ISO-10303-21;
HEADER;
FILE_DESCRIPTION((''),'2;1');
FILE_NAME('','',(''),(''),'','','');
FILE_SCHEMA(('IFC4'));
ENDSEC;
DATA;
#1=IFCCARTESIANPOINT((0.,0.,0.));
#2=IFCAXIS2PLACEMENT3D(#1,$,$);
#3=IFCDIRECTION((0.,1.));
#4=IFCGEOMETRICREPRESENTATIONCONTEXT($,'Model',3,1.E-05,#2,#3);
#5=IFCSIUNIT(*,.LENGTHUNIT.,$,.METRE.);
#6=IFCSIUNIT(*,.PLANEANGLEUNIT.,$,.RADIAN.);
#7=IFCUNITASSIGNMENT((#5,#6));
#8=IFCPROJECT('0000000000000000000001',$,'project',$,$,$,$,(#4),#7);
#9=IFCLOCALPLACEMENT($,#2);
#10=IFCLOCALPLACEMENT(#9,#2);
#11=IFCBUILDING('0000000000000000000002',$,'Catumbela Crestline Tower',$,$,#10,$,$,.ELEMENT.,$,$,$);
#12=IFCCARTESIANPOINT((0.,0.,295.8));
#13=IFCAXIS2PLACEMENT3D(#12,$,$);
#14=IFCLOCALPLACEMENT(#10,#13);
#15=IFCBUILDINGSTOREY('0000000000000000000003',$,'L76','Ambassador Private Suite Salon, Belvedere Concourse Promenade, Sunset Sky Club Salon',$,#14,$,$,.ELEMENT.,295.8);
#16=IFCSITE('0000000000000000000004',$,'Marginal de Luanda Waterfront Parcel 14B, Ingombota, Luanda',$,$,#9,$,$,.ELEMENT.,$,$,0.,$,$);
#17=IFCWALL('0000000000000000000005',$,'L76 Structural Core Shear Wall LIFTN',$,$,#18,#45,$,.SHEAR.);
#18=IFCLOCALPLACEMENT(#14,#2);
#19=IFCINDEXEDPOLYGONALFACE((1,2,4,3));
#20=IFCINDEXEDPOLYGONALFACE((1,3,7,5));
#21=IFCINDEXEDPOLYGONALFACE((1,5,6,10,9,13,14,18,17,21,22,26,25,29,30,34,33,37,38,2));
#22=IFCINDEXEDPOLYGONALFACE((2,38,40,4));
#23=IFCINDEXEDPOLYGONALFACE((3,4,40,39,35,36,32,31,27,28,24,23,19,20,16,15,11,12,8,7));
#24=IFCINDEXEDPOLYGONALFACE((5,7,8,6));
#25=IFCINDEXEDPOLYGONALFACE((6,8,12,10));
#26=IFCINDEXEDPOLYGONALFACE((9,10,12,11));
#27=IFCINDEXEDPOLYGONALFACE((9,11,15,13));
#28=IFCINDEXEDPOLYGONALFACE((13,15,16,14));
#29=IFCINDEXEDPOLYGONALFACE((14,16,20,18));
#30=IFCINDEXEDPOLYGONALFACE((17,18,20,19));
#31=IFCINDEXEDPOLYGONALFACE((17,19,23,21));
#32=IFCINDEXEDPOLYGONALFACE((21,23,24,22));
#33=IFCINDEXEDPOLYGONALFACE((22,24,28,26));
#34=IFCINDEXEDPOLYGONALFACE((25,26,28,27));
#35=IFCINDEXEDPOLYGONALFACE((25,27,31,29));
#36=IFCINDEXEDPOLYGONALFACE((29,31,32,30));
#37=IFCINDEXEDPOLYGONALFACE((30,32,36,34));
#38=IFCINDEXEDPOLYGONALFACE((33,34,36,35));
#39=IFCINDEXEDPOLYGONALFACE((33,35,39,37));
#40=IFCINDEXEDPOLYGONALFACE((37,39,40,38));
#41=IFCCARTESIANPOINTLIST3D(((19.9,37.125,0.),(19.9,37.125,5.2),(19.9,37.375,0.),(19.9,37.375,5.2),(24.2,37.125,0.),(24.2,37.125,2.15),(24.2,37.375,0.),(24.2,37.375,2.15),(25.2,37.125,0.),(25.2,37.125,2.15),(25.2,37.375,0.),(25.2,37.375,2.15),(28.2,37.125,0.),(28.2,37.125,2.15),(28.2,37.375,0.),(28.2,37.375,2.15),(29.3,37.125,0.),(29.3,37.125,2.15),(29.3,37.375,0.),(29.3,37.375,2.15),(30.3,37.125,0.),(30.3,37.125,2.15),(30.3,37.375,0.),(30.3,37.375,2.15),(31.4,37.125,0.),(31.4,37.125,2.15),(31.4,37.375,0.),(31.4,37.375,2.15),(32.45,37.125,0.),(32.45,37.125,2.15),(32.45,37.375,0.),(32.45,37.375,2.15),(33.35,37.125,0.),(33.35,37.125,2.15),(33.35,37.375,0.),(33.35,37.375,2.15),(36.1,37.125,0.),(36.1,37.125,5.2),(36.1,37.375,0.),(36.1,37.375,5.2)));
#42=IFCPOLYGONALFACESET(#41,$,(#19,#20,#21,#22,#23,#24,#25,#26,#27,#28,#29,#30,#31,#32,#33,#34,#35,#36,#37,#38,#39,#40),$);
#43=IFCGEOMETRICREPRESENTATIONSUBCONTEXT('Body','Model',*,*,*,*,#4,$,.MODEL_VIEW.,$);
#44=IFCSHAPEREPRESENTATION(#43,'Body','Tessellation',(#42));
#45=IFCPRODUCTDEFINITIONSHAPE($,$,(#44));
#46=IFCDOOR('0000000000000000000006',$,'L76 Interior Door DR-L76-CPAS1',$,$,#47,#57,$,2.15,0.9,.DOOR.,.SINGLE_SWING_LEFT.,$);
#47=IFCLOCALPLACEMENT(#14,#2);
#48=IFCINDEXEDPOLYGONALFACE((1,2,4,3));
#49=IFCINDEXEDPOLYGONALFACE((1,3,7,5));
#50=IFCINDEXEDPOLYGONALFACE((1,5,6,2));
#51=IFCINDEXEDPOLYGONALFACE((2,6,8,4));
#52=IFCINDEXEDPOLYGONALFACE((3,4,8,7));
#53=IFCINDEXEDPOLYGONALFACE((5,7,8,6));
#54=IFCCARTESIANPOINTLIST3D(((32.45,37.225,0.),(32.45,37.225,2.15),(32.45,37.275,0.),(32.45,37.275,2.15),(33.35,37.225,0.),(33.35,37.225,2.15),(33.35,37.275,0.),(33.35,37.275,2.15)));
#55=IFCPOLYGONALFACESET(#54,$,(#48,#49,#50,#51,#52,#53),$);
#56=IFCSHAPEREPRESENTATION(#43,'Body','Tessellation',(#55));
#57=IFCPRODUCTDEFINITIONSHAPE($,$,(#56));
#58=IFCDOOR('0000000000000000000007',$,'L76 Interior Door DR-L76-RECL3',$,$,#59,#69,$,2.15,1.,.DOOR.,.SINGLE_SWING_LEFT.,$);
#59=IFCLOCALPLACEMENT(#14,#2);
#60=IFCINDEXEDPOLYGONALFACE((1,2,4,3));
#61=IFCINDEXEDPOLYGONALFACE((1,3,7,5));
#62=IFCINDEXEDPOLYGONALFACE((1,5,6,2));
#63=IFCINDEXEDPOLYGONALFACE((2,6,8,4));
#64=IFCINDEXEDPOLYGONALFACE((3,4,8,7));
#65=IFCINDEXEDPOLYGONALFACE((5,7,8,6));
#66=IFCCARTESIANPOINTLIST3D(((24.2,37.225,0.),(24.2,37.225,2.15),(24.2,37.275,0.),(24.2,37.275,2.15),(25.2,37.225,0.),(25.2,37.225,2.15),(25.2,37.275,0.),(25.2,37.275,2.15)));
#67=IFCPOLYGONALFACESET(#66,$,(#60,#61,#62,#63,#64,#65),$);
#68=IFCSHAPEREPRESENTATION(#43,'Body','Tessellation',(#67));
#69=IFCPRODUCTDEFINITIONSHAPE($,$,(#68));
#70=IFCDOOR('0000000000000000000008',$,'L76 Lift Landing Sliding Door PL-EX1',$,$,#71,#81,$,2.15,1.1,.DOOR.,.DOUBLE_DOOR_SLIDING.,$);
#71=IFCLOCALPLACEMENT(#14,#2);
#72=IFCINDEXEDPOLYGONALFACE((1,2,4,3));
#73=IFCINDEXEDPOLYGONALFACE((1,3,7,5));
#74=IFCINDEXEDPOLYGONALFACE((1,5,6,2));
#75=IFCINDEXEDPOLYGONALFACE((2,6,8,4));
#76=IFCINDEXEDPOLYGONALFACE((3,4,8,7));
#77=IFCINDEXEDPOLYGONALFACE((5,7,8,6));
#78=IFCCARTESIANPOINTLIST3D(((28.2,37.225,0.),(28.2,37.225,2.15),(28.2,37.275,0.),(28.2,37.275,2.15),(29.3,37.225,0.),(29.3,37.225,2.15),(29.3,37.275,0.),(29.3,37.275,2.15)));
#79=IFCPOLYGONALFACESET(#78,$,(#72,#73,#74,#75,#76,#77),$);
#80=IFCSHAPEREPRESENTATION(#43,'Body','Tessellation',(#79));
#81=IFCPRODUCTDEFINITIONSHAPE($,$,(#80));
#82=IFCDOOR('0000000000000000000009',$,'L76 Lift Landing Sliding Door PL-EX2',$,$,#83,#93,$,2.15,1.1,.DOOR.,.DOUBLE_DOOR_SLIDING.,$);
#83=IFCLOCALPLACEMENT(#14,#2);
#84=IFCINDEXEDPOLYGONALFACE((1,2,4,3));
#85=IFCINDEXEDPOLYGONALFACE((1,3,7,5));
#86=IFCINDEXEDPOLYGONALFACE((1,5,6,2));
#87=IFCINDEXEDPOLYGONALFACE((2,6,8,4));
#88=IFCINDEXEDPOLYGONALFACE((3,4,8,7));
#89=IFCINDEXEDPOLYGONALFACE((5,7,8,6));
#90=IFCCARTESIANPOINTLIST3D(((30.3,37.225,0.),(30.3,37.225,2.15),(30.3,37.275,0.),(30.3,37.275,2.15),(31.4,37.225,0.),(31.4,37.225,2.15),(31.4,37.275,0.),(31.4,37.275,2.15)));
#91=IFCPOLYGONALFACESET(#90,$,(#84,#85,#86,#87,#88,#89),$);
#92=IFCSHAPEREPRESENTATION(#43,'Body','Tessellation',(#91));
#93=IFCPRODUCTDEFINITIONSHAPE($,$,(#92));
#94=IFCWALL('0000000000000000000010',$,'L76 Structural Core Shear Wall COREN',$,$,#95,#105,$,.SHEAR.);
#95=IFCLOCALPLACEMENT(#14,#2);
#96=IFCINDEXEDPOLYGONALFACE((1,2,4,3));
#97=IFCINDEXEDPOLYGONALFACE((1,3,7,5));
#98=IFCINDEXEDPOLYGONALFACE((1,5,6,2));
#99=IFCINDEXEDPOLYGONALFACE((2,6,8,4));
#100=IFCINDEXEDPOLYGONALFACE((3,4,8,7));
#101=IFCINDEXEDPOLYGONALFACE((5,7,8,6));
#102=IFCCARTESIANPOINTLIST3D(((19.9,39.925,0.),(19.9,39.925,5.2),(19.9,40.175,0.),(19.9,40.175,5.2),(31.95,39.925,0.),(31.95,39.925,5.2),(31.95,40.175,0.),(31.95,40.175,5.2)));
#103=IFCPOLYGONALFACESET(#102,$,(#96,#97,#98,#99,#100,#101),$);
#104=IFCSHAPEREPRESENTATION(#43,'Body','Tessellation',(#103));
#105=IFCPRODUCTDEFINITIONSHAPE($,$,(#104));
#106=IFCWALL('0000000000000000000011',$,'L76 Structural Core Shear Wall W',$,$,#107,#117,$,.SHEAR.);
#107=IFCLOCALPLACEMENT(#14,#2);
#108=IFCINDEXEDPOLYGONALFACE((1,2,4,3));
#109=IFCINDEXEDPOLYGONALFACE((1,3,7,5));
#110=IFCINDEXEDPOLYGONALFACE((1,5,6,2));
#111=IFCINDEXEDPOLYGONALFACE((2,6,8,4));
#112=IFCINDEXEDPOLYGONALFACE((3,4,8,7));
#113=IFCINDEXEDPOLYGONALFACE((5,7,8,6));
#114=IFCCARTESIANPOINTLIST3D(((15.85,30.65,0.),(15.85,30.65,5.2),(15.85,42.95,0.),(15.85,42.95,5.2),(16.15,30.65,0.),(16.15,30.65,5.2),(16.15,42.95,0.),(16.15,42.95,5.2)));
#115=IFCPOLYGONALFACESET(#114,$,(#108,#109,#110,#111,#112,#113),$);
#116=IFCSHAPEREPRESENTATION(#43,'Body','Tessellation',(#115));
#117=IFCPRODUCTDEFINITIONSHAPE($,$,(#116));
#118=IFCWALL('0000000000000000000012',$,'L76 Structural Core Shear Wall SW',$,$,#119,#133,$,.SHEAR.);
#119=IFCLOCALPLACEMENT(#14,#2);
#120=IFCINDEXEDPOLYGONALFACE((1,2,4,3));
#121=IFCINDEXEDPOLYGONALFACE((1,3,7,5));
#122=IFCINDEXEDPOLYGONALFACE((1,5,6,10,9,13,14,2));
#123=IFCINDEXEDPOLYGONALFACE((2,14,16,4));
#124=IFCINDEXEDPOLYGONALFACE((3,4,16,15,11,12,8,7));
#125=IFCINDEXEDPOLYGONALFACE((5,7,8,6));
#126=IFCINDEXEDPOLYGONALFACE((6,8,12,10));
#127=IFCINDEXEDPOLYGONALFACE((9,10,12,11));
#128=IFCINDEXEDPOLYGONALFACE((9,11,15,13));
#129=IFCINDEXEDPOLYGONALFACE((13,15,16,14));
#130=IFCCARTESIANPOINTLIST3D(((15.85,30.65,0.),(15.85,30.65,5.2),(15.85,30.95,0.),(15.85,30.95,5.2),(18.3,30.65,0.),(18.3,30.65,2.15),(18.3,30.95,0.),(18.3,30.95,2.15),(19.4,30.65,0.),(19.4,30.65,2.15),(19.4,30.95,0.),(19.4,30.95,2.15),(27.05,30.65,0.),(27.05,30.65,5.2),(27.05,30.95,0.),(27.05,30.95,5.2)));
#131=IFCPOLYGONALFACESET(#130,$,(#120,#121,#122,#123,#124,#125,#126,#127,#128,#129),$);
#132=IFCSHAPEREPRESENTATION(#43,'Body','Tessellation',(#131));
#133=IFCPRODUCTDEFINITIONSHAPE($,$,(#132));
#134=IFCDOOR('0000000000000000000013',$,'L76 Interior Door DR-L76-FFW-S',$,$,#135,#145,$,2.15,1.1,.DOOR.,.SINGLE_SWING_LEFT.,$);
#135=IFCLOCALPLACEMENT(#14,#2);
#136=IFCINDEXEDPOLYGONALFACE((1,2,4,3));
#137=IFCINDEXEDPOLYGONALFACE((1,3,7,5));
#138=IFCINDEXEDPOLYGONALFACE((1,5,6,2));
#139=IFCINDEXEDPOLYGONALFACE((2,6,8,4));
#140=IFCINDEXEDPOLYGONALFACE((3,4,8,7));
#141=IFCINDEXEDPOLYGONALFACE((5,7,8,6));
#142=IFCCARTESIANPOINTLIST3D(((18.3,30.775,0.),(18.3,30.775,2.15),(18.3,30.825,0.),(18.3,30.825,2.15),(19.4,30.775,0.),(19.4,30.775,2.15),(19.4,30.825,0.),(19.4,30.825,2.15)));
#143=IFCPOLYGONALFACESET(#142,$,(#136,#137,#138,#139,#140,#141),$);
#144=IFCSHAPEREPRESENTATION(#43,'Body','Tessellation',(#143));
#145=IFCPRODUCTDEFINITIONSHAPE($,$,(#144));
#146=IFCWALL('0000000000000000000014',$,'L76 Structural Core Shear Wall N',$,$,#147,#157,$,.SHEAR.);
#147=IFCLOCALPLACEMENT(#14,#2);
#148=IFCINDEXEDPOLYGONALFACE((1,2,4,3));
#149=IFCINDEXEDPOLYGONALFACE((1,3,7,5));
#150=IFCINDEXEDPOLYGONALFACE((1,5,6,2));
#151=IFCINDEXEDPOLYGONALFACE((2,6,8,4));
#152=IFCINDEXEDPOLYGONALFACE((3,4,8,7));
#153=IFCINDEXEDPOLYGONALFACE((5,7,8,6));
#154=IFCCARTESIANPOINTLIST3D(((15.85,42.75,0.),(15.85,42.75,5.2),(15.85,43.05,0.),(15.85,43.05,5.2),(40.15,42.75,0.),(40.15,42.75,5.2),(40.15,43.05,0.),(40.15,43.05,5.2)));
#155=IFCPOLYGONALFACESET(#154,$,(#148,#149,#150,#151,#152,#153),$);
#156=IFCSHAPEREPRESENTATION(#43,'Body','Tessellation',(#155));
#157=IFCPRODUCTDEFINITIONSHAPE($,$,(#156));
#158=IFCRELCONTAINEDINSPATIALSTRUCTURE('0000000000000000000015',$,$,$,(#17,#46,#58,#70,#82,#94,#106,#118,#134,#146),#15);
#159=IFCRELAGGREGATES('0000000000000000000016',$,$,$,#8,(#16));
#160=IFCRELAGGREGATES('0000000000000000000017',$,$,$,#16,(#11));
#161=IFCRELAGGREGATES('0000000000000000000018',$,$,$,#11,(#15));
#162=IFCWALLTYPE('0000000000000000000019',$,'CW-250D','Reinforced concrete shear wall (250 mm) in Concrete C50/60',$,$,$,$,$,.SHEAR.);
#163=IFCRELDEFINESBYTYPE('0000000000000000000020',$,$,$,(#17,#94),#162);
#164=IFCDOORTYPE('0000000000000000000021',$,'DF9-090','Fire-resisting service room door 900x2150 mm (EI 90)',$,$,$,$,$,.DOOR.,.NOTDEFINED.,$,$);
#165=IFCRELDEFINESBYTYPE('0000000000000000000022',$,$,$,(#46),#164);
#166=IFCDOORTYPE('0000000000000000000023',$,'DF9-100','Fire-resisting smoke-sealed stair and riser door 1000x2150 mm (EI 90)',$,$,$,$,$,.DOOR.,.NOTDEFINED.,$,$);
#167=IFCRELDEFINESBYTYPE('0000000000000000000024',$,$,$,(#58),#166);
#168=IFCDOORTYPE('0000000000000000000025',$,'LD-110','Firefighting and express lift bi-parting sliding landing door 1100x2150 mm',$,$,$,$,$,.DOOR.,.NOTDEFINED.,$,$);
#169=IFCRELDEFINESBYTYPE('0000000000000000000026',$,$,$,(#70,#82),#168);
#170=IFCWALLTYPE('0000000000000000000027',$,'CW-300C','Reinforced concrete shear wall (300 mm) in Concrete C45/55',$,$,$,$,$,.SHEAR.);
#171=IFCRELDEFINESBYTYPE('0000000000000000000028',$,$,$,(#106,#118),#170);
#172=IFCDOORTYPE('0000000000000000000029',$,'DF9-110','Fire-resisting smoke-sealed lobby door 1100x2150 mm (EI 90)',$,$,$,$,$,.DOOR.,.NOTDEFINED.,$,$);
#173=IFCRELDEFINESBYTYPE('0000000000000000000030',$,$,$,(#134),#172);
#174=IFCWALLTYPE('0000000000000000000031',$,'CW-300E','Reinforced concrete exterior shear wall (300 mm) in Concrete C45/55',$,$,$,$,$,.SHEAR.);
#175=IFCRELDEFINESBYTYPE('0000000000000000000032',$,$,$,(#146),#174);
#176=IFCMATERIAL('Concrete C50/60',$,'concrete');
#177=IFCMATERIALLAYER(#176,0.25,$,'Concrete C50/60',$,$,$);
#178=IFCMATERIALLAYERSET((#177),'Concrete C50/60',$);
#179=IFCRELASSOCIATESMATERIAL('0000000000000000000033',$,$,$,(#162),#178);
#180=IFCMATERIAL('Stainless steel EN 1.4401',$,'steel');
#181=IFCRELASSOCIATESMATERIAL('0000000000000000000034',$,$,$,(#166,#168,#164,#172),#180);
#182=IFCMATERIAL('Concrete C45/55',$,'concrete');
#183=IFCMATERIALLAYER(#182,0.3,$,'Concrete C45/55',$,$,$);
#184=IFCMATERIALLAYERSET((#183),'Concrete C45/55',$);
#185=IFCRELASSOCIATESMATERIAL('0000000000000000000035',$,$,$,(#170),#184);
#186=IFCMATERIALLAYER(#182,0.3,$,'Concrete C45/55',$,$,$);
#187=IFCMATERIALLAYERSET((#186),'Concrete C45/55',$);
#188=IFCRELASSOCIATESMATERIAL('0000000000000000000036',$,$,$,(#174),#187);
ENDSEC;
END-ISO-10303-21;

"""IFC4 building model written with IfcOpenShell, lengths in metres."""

from ifc_helpers import new_model, si_unit, direction, frame, frame_2d, origin, place, context, subcontext, project, spatial, rectangle, extrude, material, layer, layer_set, type_object, element, fill, save


model = new_model("IFC4")

# Units and contexts
model_context = context("Model", 3, precision=1e-05, world=origin(), true_north=direction((0.0, 1.0)))
body_context = subcontext(model_context, "Body", "Model", "MODEL_VIEW")
ifc_project = project(units=[si_unit("LENGTHUNIT", "METRE"), si_unit("PLANEANGLEUNIT", "RADIAN")], contexts=[model_context])

# Site, building, storey
site_placement = place(None, origin())
site = spatial("IfcSite", under=ifc_project, at=site_placement, Name="Marginal de Luanda Waterfront Parcel 14B, Ingombota, Luanda", CompositionType="ELEMENT", RefElevation=0.0)
building_placement = place(site_placement, origin())
building = spatial("IfcBuilding", under=site, at=building_placement, Name="Catumbela Crestline Tower", CompositionType="ELEMENT")
storey_placement = place(building_placement, frame((0.0, 0.0, 295.8)))
storey = spatial("IfcBuildingStorey", under=building, at=storey_placement, Name="L76", Description="Ambassador Private Suite Salon, Belvedere Concourse Promenade, Sunset Sky Club Salon", CompositionType="ELEMENT", Elevation=295.8)

# Shared definitions
ifc_material_1 = material(Name="Concrete C50/60", Category="concrete")
ifc_layer_1 = layer(ifc_material_1, 0.25, Name="Concrete C50/60")
ifc_layer_set_1 = layer_set([ifc_layer_1], Name="Concrete C50/60")
wall_type_1 = type_object("IfcWallType", Name="CW-250D", Description="Reinforced concrete shear wall (250 mm) in Concrete C50/60", PredefinedType="SHEAR", material=ifc_layer_set_1)

# Shared definitions
ifc_material_2 = material(Name="Stainless steel EN 1.4401", Category="steel")
door_type_1 = type_object("IfcDoorType", Name="DF9-100", Description="Fire-resisting smoke-sealed stair and riser door 1000x2150 mm (EI 90)", OperationType="NOTDEFINED", PredefinedType="DOOR", material=ifc_material_2)
door_type_2 = type_object("IfcDoorType", Name="LD-110", Description="Firefighting and express lift bi-parting sliding landing door 1100x2150 mm", OperationType="NOTDEFINED", PredefinedType="DOOR", material=ifc_material_2)

# Wall, openings, doors
wall_1_placement = place(storey_placement, frame((19.9, 37.25, 0.0), z_axis=(0.0, 0.0, 1.0), x_axis=(1.0, 0.0, 0.0)))
wall_1 = element("IfcWall", 1, at=wall_1_placement, inside=storey, type_object=wall_type_1, Name="L76 Structural Core Shear Wall LIFTN", PredefinedType="SHEAR", context=body_context, shape_type="SweptSolid", body=[
    extrude(rectangle(XDim=16.2, YDim=0.25, at=frame_2d((8.1, 0.0))), origin(), (0.0, 0.0, 1.0), 5.2),
])
opening_1_placement = place(wall_1_placement, frame((4.3, 0.0, 0.0)))
opening_1 = element("IfcOpeningElement", 2, at=opening_1_placement, cuts=wall_1, PredefinedType="OPENING", context=body_context, shape_type="SweptSolid", body=[
    extrude(rectangle(XDim=1.0, YDim=2.15, at=frame_2d((0.5, 1.075))), frame((0.0, 0.135, 0.0), z_axis=(0.0, -1.0, 0.0), x_axis=(1.0, 0.0, 0.0)), (0.0, 0.0, 1.0), 0.27),
])
opening_2_placement = place(wall_1_placement, frame((12.55, 0.0, 0.0)))
opening_2 = element("IfcOpeningElement", 3, at=opening_2_placement, cuts=wall_1, PredefinedType="OPENING", context=body_context, shape_type="SweptSolid", body=[
    extrude(rectangle(XDim=0.9, YDim=2.15, at=frame_2d((0.45, 1.075))), frame((0.0, 0.135, 0.0), z_axis=(0.0, -1.0, 0.0), x_axis=(1.0, 0.0, 0.0)), (0.0, 0.0, 1.0), 0.27),
])
opening_3_placement = place(wall_1_placement, frame((8.3, 0.0, 0.0)))
opening_3 = element("IfcOpeningElement", 4, at=opening_3_placement, cuts=wall_1, PredefinedType="OPENING", context=body_context, shape_type="SweptSolid", body=[
    extrude(rectangle(XDim=1.1, YDim=2.15, at=frame_2d((0.55, 1.075))), frame((0.0, 0.135, 0.0), z_axis=(0.0, -1.0, 0.0), x_axis=(1.0, 0.0, 0.0)), (0.0, 0.0, 1.0), 0.27),
])
opening_4_placement = place(wall_1_placement, frame((10.4, 0.0, 0.0)))
opening_4 = element("IfcOpeningElement", 5, at=opening_4_placement, cuts=wall_1, PredefinedType="OPENING", context=body_context, shape_type="SweptSolid", body=[
    extrude(rectangle(XDim=1.1, YDim=2.15, at=frame_2d((0.55, 1.075))), frame((0.0, 0.135, 0.0), z_axis=(0.0, -1.0, 0.0), x_axis=(1.0, 0.0, 0.0)), (0.0, 0.0, 1.0), 0.27),
])
door_type_3 = type_object("IfcDoorType", Name="DF9-090", Description="Fire-resisting service room door 900x2150 mm (EI 90)", OperationType="NOTDEFINED", PredefinedType="DOOR", material=ifc_material_2)
door_1_placement = place(opening_2_placement, origin())
door_1 = element("IfcDoor", 6, at=door_1_placement, inside=storey, type_object=door_type_3, Name="L76 Interior Door DR-L76-CPAS1", OperationType="SINGLE_SWING_LEFT", OverallHeight=2.15, OverallWidth=0.9, PredefinedType="DOOR", context=body_context, shape_type="SweptSolid", body=[
    extrude(rectangle(XDim=0.9, YDim=2.15, at=frame_2d((0.45, 1.075))), frame((0.0, 0.025, 0.0), z_axis=(0.0, -1.0, 0.0), x_axis=(1.0, 0.0, 0.0)), (0.0, 0.0, 1.0), 0.05),
])
fill(opening_2, door_1)
door_2_placement = place(opening_1_placement, origin())
door_2 = element("IfcDoor", 7, at=door_2_placement, inside=storey, type_object=door_type_1, Name="L76 Interior Door DR-L76-RECL3", OperationType="SINGLE_SWING_LEFT", OverallHeight=2.15, OverallWidth=1.0, PredefinedType="DOOR", context=body_context, shape_type="SweptSolid", body=[
    extrude(rectangle(XDim=1.0, YDim=2.15, at=frame_2d((0.5, 1.075))), frame((0.0, 0.025, 0.0), z_axis=(0.0, -1.0, 0.0), x_axis=(1.0, 0.0, 0.0)), (0.0, 0.0, 1.0), 0.05),
])
fill(opening_1, door_2)
door_3_placement = place(opening_3_placement, origin())
door_3 = element("IfcDoor", 8, at=door_3_placement, inside=storey, type_object=door_type_2, Name="L76 Lift Landing Sliding Door PL-EX1", OperationType="DOUBLE_DOOR_SLIDING", OverallHeight=2.15, OverallWidth=1.1, PredefinedType="DOOR", context=body_context, shape_type="SweptSolid", body=[
    extrude(rectangle(XDim=1.1, YDim=2.15, at=frame_2d((0.55, 1.075))), frame((0.0, 0.025, 0.0), z_axis=(0.0, -1.0, 0.0), x_axis=(1.0, 0.0, 0.0)), (0.0, 0.0, 1.0), 0.05),
])
fill(opening_3, door_3)
door_4_placement = place(opening_4_placement, origin())
door_4 = element("IfcDoor", 9, at=door_4_placement, inside=storey, type_object=door_type_2, Name="L76 Lift Landing Sliding Door PL-EX2", OperationType="DOUBLE_DOOR_SLIDING", OverallHeight=2.15, OverallWidth=1.1, PredefinedType="DOOR", context=body_context, shape_type="SweptSolid", body=[
    extrude(rectangle(XDim=1.1, YDim=2.15, at=frame_2d((0.55, 1.075))), frame((0.0, 0.025, 0.0), z_axis=(0.0, -1.0, 0.0), x_axis=(1.0, 0.0, 0.0)), (0.0, 0.0, 1.0), 0.05),
])
fill(opening_4, door_4)

# Walls
wall_2_placement = place(storey_placement, frame((19.9, 40.05, 0.0), z_axis=(0.0, 0.0, 1.0), x_axis=(1.0, 0.0, 0.0)))
element("IfcWall", 10, at=wall_2_placement, inside=storey, type_object=wall_type_1, Name="L76 Structural Core Shear Wall COREN", PredefinedType="SHEAR", context=body_context, shape_type="SweptSolid", body=[
    extrude(rectangle(XDim=12.05, YDim=0.25, at=frame_2d((6.025, 0.0))), origin(), (0.0, 0.0, 1.0), 5.2),
])
ifc_material_3 = material(Name="Concrete C45/55", Category="concrete")
ifc_layer_2 = layer(ifc_material_3, 0.3, Name="Concrete C45/55")
ifc_layer_set_2 = layer_set([ifc_layer_2], Name="Concrete C45/55")
wall_type_2 = type_object("IfcWallType", Name="CW-300C", Description="Reinforced concrete shear wall (300 mm) in Concrete C45/55", PredefinedType="SHEAR", material=ifc_layer_set_2)
wall_3_placement = place(storey_placement, frame((16.0, 30.65, 0.0), z_axis=(0.0, 0.0, 1.0), x_axis=(0.0, 1.0, 0.0)))
element("IfcWall", 11, at=wall_3_placement, inside=storey, type_object=wall_type_2, Name="L76 Structural Core Shear Wall W", PredefinedType="SHEAR", context=body_context, shape_type="SweptSolid", body=[
    extrude(rectangle(XDim=12.3, YDim=0.3, at=frame_2d((6.15, 0.0))), origin(), (0.0, 0.0, 1.0), 5.2),
])

# Wall, opening, door
wall_4_placement = place(storey_placement, frame((15.85, 30.8, 0.0), z_axis=(0.0, 0.0, 1.0), x_axis=(1.0, 0.0, 0.0)))
wall_4 = element("IfcWall", 12, at=wall_4_placement, inside=storey, type_object=wall_type_2, Name="L76 Structural Core Shear Wall SW", PredefinedType="SHEAR", context=body_context, shape_type="SweptSolid", body=[
    extrude(rectangle(XDim=11.2, YDim=0.3, at=frame_2d((5.6, 0.0))), origin(), (0.0, 0.0, 1.0), 5.2),
])
opening_5_placement = place(wall_4_placement, frame((2.45, 0.0, 0.0)))
opening_5 = element("IfcOpeningElement", 13, at=opening_5_placement, cuts=wall_4, PredefinedType="OPENING", context=body_context, shape_type="SweptSolid", body=[
    extrude(rectangle(XDim=1.1, YDim=2.15, at=frame_2d((0.55, 1.075))), frame((0.0, 0.16, 0.0), z_axis=(0.0, -1.0, 0.0), x_axis=(1.0, 0.0, 0.0)), (0.0, 0.0, 1.0), 0.32),
])
door_type_4 = type_object("IfcDoorType", Name="DF9-110", Description="Fire-resisting smoke-sealed lobby door 1100x2150 mm (EI 90)", OperationType="NOTDEFINED", PredefinedType="DOOR", material=ifc_material_2)
door_5_placement = place(opening_5_placement, origin())
door_5 = element("IfcDoor", 14, at=door_5_placement, inside=storey, type_object=door_type_4, Name="L76 Interior Door DR-L76-FFW-S", OperationType="SINGLE_SWING_LEFT", OverallHeight=2.15, OverallWidth=1.1, PredefinedType="DOOR", context=body_context, shape_type="SweptSolid", body=[
    extrude(rectangle(XDim=1.1, YDim=2.15, at=frame_2d((0.55, 1.075))), frame((0.0, 0.025, 0.0), z_axis=(0.0, -1.0, 0.0), x_axis=(1.0, 0.0, 0.0)), (0.0, 0.0, 1.0), 0.05),
])
fill(opening_5, door_5)

# Wall
ifc_layer_3 = layer(ifc_material_3, 0.3, Name="Concrete C45/55")
ifc_layer_set_3 = layer_set([ifc_layer_3], Name="Concrete C45/55")
wall_type_3 = type_object("IfcWallType", Name="CW-300E", Description="Reinforced concrete exterior shear wall (300 mm) in Concrete C45/55", PredefinedType="SHEAR", material=ifc_layer_set_3)
wall_5_placement = place(storey_placement, frame((15.85, 42.9, 0.0), z_axis=(0.0, 0.0, 1.0), x_axis=(1.0, 0.0, 0.0)))
element("IfcWall", 15, at=wall_5_placement, inside=storey, type_object=wall_type_3, Name="L76 Structural Core Shear Wall N", PredefinedType="SHEAR", context=body_context, shape_type="SweptSolid", body=[
    extrude(rectangle(XDim=24.3, YDim=0.3, at=frame_2d((12.15, 0.0))), origin(), (0.0, 0.0, 1.0), 5.2),
])

save(model, "model.ifc")
